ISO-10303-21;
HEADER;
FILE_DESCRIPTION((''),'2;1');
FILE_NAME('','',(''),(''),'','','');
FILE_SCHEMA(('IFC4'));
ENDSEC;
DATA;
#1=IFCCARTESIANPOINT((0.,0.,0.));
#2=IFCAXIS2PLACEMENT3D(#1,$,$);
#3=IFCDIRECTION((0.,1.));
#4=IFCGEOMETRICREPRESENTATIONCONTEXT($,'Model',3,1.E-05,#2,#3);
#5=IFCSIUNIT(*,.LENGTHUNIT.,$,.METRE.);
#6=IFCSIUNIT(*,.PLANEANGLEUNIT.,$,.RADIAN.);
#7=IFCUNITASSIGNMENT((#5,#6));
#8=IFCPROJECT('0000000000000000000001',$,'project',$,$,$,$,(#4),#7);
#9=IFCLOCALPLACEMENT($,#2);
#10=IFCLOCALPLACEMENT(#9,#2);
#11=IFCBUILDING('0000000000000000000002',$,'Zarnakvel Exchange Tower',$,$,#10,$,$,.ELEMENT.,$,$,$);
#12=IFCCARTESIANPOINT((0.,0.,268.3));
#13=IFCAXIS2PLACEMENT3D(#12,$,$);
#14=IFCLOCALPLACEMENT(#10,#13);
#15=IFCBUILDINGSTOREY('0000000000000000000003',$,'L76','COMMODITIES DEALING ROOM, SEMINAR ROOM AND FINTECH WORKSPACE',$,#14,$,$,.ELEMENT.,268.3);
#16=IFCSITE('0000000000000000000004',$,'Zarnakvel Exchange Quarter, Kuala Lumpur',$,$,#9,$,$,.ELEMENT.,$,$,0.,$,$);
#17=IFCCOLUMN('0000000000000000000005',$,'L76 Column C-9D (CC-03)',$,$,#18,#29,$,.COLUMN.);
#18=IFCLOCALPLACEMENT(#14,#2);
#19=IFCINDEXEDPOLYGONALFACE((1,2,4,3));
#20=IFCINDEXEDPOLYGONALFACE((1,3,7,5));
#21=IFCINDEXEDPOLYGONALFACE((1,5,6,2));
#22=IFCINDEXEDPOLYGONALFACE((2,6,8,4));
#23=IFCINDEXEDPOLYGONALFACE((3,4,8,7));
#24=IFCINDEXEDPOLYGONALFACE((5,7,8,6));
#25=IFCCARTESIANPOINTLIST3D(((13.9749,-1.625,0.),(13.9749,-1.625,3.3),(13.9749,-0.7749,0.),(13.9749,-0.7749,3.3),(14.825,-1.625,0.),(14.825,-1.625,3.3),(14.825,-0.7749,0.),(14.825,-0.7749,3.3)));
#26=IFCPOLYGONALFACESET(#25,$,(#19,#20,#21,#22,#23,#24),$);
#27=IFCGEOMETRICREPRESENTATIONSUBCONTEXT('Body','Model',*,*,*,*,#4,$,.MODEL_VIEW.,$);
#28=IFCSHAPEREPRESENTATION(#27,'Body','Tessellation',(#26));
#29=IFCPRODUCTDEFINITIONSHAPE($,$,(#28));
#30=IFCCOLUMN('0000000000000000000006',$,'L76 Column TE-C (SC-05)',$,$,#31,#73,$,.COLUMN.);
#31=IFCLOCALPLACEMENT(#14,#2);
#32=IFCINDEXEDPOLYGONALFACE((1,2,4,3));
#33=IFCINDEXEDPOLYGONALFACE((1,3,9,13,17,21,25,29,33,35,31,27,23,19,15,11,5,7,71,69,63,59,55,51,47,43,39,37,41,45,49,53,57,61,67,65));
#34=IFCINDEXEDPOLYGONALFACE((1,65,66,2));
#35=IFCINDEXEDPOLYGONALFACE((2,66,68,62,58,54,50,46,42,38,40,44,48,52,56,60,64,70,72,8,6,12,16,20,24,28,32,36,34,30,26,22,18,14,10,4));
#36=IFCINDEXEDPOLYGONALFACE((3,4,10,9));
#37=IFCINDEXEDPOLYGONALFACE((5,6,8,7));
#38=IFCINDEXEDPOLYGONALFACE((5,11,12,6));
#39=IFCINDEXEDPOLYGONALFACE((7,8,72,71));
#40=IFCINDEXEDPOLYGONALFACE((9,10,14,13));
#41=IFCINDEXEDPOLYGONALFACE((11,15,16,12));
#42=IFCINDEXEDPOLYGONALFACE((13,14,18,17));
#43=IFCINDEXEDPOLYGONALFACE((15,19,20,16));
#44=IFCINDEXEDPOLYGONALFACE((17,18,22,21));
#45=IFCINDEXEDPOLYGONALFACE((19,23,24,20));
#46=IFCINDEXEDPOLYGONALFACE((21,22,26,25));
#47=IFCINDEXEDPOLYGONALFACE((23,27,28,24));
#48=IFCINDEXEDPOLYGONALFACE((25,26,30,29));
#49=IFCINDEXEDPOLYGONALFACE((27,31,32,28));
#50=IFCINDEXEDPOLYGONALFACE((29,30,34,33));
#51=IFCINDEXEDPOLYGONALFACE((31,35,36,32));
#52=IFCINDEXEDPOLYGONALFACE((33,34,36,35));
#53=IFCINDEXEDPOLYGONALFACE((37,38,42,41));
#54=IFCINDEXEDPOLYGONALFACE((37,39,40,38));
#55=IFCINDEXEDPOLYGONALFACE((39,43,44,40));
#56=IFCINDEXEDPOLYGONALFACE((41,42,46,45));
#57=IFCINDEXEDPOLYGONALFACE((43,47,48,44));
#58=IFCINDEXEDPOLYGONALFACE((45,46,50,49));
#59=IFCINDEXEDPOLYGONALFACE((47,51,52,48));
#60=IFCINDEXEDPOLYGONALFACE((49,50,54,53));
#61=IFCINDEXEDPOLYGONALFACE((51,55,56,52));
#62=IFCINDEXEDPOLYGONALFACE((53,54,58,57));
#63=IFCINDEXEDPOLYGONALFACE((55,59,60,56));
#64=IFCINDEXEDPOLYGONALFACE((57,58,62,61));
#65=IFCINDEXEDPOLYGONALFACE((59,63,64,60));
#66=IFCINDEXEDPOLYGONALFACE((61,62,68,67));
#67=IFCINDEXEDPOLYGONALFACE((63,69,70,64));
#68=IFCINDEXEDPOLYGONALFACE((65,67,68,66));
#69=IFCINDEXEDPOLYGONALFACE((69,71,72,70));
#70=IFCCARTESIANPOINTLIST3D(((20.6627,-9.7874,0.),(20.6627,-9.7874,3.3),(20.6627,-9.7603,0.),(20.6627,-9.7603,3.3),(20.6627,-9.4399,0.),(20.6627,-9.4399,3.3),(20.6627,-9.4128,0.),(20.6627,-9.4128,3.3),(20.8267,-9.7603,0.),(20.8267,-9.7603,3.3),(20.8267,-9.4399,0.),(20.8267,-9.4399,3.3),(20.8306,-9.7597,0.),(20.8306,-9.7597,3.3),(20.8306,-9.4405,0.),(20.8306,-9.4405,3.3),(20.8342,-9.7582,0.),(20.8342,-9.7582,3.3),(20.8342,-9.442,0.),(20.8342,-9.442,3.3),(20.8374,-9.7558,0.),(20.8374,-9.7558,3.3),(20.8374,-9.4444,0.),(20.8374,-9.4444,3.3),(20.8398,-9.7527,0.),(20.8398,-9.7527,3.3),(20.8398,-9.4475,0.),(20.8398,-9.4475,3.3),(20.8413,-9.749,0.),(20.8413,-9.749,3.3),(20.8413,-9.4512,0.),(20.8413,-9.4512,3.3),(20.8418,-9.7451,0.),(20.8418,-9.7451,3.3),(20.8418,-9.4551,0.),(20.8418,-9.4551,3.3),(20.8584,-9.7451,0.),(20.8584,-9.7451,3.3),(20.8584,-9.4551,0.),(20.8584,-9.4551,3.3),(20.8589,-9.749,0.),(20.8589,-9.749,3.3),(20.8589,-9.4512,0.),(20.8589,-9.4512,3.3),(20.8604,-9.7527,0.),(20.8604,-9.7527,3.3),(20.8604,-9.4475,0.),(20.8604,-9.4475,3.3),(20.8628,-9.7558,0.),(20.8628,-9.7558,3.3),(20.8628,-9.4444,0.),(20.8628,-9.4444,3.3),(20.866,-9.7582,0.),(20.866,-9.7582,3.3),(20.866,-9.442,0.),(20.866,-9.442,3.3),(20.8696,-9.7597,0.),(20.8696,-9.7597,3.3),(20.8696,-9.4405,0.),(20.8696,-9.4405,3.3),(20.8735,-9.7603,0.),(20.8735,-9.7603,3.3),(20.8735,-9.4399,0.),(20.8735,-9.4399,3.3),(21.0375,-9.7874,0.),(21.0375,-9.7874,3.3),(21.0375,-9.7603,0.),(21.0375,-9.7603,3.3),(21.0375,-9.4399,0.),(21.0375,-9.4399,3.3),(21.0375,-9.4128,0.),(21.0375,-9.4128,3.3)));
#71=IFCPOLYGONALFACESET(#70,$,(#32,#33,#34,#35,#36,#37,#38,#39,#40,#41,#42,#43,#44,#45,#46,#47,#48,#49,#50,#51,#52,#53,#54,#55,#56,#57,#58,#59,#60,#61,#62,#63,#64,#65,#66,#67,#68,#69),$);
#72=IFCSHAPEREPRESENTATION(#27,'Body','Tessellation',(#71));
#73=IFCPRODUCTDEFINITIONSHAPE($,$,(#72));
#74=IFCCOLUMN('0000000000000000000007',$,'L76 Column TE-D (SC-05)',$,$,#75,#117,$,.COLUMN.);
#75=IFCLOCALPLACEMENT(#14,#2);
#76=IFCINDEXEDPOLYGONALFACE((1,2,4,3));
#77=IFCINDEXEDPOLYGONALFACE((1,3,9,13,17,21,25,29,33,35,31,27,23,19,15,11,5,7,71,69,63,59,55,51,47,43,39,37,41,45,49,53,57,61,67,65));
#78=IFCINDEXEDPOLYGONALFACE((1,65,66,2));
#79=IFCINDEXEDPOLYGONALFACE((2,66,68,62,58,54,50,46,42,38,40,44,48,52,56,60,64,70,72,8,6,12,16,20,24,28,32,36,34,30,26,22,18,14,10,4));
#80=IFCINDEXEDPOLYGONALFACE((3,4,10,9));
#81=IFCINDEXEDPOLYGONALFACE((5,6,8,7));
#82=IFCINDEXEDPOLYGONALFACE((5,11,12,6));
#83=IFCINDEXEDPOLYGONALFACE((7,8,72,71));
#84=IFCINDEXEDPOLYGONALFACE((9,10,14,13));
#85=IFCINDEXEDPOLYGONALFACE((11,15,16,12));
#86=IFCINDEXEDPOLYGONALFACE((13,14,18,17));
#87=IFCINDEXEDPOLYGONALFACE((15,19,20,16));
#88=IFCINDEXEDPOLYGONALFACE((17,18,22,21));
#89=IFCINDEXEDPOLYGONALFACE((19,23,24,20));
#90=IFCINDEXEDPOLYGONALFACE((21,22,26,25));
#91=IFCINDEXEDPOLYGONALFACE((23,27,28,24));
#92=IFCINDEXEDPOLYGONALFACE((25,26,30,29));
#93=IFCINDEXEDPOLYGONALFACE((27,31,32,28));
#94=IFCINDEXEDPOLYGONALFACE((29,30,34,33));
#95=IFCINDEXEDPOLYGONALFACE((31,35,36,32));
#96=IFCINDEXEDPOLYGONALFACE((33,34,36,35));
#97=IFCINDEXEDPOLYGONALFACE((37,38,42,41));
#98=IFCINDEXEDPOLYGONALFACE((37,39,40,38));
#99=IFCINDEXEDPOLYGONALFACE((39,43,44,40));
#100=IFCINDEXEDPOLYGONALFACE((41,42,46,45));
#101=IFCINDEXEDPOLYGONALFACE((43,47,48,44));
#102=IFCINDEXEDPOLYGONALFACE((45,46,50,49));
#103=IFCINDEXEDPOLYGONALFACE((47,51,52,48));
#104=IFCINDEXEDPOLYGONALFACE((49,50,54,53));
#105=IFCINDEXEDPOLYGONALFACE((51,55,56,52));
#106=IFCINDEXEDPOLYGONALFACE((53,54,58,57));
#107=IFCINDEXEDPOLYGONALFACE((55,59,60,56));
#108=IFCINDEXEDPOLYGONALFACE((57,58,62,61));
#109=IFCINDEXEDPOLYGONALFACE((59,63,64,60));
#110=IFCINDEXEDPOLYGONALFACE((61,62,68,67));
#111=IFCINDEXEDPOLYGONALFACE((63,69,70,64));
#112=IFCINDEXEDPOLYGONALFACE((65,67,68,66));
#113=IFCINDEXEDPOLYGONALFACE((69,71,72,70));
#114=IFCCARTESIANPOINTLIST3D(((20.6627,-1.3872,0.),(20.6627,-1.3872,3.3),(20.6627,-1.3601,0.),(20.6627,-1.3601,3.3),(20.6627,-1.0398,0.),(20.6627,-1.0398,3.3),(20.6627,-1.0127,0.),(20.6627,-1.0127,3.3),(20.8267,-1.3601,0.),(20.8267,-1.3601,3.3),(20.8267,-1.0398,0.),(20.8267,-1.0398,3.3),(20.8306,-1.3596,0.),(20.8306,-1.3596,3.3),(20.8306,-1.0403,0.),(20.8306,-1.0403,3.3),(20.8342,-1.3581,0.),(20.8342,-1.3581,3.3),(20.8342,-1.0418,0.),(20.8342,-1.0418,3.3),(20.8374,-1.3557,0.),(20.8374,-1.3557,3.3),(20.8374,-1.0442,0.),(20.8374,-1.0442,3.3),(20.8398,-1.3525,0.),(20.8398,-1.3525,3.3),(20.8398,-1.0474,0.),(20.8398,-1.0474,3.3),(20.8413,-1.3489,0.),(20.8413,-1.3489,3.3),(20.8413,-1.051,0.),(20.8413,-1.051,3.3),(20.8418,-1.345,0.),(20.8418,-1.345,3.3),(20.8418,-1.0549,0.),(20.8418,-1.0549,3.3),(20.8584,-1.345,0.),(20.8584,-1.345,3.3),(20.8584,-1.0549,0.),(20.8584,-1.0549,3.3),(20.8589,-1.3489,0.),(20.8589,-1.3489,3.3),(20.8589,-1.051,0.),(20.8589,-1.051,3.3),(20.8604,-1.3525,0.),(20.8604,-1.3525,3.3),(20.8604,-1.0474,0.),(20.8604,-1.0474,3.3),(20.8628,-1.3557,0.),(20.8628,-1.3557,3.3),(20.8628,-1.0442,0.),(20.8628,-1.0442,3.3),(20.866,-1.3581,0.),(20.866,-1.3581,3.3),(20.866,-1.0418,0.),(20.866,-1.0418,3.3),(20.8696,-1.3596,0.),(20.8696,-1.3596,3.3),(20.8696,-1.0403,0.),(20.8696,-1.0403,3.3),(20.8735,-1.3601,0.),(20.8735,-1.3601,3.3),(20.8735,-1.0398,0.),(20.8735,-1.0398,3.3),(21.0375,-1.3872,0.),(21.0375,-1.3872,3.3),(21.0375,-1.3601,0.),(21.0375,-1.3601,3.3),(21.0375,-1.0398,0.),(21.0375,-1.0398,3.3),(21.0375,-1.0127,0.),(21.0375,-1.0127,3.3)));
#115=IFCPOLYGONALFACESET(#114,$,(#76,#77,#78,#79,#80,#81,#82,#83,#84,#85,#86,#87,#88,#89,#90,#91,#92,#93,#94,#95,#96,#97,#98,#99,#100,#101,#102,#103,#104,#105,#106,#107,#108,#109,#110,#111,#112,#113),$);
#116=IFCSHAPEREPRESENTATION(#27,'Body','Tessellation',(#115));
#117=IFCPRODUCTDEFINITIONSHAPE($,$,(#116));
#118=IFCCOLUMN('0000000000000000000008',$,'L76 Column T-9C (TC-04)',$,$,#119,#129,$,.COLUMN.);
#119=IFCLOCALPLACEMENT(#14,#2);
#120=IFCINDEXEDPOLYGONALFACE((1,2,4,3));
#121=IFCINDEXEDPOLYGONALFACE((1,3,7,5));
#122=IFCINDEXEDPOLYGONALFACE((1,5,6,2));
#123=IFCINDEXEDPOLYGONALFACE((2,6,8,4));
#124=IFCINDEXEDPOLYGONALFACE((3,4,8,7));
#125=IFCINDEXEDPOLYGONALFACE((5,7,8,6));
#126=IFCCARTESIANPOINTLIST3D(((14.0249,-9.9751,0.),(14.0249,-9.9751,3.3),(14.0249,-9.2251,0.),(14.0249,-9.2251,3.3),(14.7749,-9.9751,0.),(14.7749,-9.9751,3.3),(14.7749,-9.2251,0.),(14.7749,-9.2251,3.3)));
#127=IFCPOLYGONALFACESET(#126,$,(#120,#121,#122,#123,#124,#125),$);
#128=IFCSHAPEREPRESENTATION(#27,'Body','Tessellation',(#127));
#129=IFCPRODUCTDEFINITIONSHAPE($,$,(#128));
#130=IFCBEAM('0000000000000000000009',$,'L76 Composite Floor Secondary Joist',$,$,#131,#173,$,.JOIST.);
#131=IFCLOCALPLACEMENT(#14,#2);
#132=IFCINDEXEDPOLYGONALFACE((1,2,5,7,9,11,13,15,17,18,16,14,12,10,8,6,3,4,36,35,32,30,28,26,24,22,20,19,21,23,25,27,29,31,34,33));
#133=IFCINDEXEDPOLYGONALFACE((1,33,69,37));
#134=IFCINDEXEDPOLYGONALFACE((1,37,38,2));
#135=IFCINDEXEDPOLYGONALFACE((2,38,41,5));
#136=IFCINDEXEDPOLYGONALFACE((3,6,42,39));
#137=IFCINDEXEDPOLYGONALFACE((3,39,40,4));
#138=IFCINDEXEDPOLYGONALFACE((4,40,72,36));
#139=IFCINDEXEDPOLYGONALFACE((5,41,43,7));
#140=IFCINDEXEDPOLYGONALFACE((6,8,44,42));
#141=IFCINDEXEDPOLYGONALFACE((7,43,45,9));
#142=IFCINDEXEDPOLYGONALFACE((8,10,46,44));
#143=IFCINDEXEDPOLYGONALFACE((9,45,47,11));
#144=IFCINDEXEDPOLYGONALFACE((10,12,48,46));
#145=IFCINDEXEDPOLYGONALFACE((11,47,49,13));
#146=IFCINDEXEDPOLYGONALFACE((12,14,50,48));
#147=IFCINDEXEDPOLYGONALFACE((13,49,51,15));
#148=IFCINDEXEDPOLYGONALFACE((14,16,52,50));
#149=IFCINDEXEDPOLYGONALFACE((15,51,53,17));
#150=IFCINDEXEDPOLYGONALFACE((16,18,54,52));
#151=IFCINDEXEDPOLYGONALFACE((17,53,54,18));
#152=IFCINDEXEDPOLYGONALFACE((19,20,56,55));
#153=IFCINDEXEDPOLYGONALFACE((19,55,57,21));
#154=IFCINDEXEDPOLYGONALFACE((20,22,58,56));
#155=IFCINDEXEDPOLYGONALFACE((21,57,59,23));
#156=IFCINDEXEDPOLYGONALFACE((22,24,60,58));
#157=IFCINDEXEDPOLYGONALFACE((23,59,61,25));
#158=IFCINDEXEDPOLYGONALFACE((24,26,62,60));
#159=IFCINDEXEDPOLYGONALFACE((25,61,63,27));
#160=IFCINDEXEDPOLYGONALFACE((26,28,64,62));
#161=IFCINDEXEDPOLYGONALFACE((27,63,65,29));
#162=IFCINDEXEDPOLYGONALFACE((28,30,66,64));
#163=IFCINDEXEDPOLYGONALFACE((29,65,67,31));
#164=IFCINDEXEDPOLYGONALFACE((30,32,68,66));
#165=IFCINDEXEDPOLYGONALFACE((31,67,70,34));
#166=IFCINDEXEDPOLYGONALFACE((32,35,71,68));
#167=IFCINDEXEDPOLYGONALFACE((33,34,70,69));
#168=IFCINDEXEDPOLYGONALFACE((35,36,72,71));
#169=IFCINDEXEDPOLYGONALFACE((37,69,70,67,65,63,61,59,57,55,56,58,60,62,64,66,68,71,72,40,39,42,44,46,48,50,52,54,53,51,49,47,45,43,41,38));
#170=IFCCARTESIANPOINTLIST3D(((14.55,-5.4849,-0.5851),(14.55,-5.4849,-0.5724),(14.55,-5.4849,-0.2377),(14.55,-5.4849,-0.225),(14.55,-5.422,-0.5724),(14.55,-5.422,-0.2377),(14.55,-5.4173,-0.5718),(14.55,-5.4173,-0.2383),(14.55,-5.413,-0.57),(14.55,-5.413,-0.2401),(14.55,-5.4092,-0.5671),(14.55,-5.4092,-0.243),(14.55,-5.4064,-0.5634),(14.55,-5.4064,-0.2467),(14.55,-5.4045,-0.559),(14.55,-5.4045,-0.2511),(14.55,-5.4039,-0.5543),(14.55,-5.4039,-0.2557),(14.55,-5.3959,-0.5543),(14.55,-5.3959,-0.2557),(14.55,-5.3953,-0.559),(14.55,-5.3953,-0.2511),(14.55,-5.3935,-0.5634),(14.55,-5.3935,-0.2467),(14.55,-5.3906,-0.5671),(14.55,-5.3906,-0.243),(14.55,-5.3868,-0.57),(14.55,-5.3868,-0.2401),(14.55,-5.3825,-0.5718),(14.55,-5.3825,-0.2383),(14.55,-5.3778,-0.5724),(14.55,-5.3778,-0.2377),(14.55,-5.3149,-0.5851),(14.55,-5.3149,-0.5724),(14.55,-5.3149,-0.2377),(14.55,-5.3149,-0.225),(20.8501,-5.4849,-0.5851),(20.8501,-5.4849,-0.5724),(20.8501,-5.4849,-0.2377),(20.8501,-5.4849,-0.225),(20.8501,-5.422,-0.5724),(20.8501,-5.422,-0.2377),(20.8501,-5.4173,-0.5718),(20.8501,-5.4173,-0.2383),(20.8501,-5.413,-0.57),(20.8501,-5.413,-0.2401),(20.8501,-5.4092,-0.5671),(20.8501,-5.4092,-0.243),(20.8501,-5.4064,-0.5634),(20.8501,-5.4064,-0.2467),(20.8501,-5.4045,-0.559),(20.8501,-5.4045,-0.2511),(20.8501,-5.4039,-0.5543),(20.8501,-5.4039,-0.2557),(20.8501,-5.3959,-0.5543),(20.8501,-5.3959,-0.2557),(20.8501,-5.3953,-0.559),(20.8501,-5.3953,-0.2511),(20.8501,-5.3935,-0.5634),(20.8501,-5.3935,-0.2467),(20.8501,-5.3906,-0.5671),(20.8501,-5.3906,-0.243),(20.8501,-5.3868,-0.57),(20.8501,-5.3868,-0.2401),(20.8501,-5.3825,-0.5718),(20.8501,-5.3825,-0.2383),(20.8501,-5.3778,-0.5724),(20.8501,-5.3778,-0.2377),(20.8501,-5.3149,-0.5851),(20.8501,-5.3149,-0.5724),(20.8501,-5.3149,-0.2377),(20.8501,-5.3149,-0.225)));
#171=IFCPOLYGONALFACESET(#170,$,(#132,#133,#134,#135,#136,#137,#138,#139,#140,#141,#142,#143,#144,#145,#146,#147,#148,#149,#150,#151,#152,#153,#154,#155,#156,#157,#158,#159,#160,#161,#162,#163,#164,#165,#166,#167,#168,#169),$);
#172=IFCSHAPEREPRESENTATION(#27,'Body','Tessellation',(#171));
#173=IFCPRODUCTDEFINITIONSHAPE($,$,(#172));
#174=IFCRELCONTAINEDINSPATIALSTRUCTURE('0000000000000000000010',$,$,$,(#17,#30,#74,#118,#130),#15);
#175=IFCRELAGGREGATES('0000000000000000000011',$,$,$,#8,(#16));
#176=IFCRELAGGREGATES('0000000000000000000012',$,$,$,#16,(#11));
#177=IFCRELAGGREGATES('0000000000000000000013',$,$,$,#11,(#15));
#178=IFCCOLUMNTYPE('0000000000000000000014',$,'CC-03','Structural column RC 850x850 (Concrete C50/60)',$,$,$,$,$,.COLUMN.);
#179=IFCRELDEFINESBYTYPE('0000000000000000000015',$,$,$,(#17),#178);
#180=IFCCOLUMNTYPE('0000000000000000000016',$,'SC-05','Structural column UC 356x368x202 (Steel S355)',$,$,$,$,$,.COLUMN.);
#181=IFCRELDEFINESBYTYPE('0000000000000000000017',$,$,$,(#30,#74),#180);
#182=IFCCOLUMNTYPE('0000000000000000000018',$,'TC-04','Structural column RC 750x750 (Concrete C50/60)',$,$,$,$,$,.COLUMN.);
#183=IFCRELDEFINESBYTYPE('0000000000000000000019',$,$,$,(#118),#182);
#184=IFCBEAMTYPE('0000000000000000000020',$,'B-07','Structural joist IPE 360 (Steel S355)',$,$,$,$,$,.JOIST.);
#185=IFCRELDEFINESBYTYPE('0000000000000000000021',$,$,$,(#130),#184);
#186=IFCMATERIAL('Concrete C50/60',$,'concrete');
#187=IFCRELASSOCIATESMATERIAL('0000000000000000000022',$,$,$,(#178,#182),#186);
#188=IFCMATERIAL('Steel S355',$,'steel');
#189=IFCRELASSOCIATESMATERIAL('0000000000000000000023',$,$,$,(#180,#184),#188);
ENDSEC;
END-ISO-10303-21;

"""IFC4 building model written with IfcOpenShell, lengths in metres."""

from ifc_helpers import new_model, si_unit, direction, frame, origin, origin_2d, place, context, subcontext, project, spatial, rectangle, i_section, extrude, material, material_profile, profile_set, type_object, element, save


model = new_model("IFC4")

# Units and contexts
model_context = context("Model", 3, precision=1e-05, world=origin(), true_north=direction((0.0, 1.0)))
body_context = subcontext(model_context, "Body", "Model", "MODEL_VIEW")
ifc_project = project(units=[si_unit("LENGTHUNIT", "METRE"), si_unit("PLANEANGLEUNIT", "RADIAN")], contexts=[model_context])

# Site, building, storey
site_placement = place(None, origin())
site = spatial("IfcSite", under=ifc_project, at=site_placement, Name="Zarnakvel Exchange Quarter, Kuala Lumpur", CompositionType="ELEMENT", RefElevation=0.0)
building_placement = place(site_placement, origin())
building = spatial("IfcBuilding", under=site, at=building_placement, Name="Zarnakvel Exchange Tower", CompositionType="ELEMENT")
storey_placement = place(building_placement, frame((0.0, 0.0, 268.3)))
storey = spatial("IfcBuildingStorey", under=building, at=storey_placement, Name="L76", Description="COMMODITIES DEALING ROOM, SEMINAR ROOM AND FINTECH WORKSPACE", CompositionType="ELEMENT", Elevation=268.3)

# Columns
ifc_material_1 = material(Name="Concrete C50/60", Category="concrete")
ifc_material_profile_1 = material_profile(ifc_material_1, rectangle(XDim=0.8501, YDim=0.8501, at=origin_2d()))
ifc_profile_set_1 = profile_set([ifc_material_profile_1], Name="Concrete C50/60")
column_type_1 = type_object("IfcColumnType", Name="CC-03", Description="Structural column RC 850x850 (Concrete C50/60)", PredefinedType="COLUMN", material=ifc_profile_set_1)
column_1_placement = place(storey_placement, frame((14.3999, -1.2, 0.0), z_axis=(0.0, 0.0, 1.0), x_axis=(1.0, 0.0, 0.0)))
element("IfcColumn", 1, at=column_1_placement, inside=storey, type_object=column_type_1, Name="L76 Column C-9D (CC-03)", PredefinedType="COLUMN", context=body_context, shape_type="SweptSolid", body=[
    extrude(rectangle(XDim=0.8501, YDim=0.8501, at=origin_2d()), origin(), (0.0, 0.0, 1.0), 3.3),
])
ifc_material_2 = material(Name="Steel S355", Category="steel")
ifc_material_profile_2 = material_profile(ifc_material_2, i_section(OverallWidth=0.3748, OverallDepth=0.3745, WebThickness=0.0166, FlangeThickness=0.0271, FilletRadius=0.0151, at=origin_2d()))
ifc_profile_set_2 = profile_set([ifc_material_profile_2], Name="Steel S355")
column_type_2 = type_object("IfcColumnType", Name="SC-05", Description="Structural column UC 356x368x202 (Steel S355)", PredefinedType="COLUMN", material=ifc_profile_set_2)
for number, where, z_axis, x_axis, name in (
    (2, (20.8501, -9.6001, 0.0), (0.0, 0.0, 1.0), (1.0, 0.0, 0.0), "L76 Column TE-C (SC-05)"),
    (3, (20.8501, -1.2, 0.0), (0.0, 0.0, 1.0), (1.0, 0.0, 0.0), "L76 Column TE-D (SC-05)"),
):
    element("IfcColumn", number, at=place(storey_placement, frame(where, z_axis=z_axis, x_axis=x_axis)), inside=storey, type_object=column_type_2, Name=name, PredefinedType="COLUMN", context=body_context, shape_type="SweptSolid", body=[
        extrude(i_section(OverallWidth=0.3748, OverallDepth=0.3745, WebThickness=0.0166, FlangeThickness=0.0271, FilletRadius=0.0151, at=origin_2d()), origin(), (0.0, 0.0, 1.0), 3.3),
    ])
ifc_material_profile_3 = material_profile(ifc_material_1, rectangle(XDim=0.75, YDim=0.75, at=origin_2d()))
ifc_profile_set_3 = profile_set([ifc_material_profile_3], Name="Concrete C50/60")
column_type_3 = type_object("IfcColumnType", Name="TC-04", Description="Structural column RC 750x750 (Concrete C50/60)", PredefinedType="COLUMN", material=ifc_profile_set_3)
column_2_placement = place(storey_placement, frame((14.3999, -9.6001, 0.0), z_axis=(0.0, 0.0, 1.0), x_axis=(1.0, 0.0, 0.0)))
element("IfcColumn", 4, at=column_2_placement, inside=storey, type_object=column_type_3, Name="L76 Column T-9C (TC-04)", PredefinedType="COLUMN", context=body_context, shape_type="SweptSolid", body=[
    extrude(rectangle(XDim=0.75, YDim=0.75, at=origin_2d()), origin(), (0.0, 0.0, 1.0), 3.3),
])

# Beam
ifc_material_profile_4 = material_profile(ifc_material_2, i_section(OverallWidth=0.1699, OverallDepth=0.3601, WebThickness=0.0081, FlangeThickness=0.0127, FilletRadius=0.0181, at=origin_2d()))
ifc_profile_set_4 = profile_set([ifc_material_profile_4], Name="Steel S355")
beam_type_1 = type_object("IfcBeamType", Name="B-07", Description="Structural joist IPE 360 (Steel S355)", PredefinedType="JOIST", material=ifc_profile_set_4)
beam_1_placement = place(storey_placement, frame((14.55, -5.3999, -0.405), z_axis=(1.0, 0.0, 0.0), x_axis=(0.0, 1.0, 0.0)))
element("IfcBeam", 5, at=beam_1_placement, inside=storey, type_object=beam_type_1, Name="L76 Composite Floor Secondary Joist", PredefinedType="JOIST", context=body_context, shape_type="SweptSolid", body=[
    extrude(i_section(OverallWidth=0.1699, OverallDepth=0.3601, WebThickness=0.0081, FlangeThickness=0.0127, FilletRadius=0.0181, at=origin_2d()), origin(), (0.0, 0.0, 1.0), 6.3),
])

save(model, "model.ifc")
